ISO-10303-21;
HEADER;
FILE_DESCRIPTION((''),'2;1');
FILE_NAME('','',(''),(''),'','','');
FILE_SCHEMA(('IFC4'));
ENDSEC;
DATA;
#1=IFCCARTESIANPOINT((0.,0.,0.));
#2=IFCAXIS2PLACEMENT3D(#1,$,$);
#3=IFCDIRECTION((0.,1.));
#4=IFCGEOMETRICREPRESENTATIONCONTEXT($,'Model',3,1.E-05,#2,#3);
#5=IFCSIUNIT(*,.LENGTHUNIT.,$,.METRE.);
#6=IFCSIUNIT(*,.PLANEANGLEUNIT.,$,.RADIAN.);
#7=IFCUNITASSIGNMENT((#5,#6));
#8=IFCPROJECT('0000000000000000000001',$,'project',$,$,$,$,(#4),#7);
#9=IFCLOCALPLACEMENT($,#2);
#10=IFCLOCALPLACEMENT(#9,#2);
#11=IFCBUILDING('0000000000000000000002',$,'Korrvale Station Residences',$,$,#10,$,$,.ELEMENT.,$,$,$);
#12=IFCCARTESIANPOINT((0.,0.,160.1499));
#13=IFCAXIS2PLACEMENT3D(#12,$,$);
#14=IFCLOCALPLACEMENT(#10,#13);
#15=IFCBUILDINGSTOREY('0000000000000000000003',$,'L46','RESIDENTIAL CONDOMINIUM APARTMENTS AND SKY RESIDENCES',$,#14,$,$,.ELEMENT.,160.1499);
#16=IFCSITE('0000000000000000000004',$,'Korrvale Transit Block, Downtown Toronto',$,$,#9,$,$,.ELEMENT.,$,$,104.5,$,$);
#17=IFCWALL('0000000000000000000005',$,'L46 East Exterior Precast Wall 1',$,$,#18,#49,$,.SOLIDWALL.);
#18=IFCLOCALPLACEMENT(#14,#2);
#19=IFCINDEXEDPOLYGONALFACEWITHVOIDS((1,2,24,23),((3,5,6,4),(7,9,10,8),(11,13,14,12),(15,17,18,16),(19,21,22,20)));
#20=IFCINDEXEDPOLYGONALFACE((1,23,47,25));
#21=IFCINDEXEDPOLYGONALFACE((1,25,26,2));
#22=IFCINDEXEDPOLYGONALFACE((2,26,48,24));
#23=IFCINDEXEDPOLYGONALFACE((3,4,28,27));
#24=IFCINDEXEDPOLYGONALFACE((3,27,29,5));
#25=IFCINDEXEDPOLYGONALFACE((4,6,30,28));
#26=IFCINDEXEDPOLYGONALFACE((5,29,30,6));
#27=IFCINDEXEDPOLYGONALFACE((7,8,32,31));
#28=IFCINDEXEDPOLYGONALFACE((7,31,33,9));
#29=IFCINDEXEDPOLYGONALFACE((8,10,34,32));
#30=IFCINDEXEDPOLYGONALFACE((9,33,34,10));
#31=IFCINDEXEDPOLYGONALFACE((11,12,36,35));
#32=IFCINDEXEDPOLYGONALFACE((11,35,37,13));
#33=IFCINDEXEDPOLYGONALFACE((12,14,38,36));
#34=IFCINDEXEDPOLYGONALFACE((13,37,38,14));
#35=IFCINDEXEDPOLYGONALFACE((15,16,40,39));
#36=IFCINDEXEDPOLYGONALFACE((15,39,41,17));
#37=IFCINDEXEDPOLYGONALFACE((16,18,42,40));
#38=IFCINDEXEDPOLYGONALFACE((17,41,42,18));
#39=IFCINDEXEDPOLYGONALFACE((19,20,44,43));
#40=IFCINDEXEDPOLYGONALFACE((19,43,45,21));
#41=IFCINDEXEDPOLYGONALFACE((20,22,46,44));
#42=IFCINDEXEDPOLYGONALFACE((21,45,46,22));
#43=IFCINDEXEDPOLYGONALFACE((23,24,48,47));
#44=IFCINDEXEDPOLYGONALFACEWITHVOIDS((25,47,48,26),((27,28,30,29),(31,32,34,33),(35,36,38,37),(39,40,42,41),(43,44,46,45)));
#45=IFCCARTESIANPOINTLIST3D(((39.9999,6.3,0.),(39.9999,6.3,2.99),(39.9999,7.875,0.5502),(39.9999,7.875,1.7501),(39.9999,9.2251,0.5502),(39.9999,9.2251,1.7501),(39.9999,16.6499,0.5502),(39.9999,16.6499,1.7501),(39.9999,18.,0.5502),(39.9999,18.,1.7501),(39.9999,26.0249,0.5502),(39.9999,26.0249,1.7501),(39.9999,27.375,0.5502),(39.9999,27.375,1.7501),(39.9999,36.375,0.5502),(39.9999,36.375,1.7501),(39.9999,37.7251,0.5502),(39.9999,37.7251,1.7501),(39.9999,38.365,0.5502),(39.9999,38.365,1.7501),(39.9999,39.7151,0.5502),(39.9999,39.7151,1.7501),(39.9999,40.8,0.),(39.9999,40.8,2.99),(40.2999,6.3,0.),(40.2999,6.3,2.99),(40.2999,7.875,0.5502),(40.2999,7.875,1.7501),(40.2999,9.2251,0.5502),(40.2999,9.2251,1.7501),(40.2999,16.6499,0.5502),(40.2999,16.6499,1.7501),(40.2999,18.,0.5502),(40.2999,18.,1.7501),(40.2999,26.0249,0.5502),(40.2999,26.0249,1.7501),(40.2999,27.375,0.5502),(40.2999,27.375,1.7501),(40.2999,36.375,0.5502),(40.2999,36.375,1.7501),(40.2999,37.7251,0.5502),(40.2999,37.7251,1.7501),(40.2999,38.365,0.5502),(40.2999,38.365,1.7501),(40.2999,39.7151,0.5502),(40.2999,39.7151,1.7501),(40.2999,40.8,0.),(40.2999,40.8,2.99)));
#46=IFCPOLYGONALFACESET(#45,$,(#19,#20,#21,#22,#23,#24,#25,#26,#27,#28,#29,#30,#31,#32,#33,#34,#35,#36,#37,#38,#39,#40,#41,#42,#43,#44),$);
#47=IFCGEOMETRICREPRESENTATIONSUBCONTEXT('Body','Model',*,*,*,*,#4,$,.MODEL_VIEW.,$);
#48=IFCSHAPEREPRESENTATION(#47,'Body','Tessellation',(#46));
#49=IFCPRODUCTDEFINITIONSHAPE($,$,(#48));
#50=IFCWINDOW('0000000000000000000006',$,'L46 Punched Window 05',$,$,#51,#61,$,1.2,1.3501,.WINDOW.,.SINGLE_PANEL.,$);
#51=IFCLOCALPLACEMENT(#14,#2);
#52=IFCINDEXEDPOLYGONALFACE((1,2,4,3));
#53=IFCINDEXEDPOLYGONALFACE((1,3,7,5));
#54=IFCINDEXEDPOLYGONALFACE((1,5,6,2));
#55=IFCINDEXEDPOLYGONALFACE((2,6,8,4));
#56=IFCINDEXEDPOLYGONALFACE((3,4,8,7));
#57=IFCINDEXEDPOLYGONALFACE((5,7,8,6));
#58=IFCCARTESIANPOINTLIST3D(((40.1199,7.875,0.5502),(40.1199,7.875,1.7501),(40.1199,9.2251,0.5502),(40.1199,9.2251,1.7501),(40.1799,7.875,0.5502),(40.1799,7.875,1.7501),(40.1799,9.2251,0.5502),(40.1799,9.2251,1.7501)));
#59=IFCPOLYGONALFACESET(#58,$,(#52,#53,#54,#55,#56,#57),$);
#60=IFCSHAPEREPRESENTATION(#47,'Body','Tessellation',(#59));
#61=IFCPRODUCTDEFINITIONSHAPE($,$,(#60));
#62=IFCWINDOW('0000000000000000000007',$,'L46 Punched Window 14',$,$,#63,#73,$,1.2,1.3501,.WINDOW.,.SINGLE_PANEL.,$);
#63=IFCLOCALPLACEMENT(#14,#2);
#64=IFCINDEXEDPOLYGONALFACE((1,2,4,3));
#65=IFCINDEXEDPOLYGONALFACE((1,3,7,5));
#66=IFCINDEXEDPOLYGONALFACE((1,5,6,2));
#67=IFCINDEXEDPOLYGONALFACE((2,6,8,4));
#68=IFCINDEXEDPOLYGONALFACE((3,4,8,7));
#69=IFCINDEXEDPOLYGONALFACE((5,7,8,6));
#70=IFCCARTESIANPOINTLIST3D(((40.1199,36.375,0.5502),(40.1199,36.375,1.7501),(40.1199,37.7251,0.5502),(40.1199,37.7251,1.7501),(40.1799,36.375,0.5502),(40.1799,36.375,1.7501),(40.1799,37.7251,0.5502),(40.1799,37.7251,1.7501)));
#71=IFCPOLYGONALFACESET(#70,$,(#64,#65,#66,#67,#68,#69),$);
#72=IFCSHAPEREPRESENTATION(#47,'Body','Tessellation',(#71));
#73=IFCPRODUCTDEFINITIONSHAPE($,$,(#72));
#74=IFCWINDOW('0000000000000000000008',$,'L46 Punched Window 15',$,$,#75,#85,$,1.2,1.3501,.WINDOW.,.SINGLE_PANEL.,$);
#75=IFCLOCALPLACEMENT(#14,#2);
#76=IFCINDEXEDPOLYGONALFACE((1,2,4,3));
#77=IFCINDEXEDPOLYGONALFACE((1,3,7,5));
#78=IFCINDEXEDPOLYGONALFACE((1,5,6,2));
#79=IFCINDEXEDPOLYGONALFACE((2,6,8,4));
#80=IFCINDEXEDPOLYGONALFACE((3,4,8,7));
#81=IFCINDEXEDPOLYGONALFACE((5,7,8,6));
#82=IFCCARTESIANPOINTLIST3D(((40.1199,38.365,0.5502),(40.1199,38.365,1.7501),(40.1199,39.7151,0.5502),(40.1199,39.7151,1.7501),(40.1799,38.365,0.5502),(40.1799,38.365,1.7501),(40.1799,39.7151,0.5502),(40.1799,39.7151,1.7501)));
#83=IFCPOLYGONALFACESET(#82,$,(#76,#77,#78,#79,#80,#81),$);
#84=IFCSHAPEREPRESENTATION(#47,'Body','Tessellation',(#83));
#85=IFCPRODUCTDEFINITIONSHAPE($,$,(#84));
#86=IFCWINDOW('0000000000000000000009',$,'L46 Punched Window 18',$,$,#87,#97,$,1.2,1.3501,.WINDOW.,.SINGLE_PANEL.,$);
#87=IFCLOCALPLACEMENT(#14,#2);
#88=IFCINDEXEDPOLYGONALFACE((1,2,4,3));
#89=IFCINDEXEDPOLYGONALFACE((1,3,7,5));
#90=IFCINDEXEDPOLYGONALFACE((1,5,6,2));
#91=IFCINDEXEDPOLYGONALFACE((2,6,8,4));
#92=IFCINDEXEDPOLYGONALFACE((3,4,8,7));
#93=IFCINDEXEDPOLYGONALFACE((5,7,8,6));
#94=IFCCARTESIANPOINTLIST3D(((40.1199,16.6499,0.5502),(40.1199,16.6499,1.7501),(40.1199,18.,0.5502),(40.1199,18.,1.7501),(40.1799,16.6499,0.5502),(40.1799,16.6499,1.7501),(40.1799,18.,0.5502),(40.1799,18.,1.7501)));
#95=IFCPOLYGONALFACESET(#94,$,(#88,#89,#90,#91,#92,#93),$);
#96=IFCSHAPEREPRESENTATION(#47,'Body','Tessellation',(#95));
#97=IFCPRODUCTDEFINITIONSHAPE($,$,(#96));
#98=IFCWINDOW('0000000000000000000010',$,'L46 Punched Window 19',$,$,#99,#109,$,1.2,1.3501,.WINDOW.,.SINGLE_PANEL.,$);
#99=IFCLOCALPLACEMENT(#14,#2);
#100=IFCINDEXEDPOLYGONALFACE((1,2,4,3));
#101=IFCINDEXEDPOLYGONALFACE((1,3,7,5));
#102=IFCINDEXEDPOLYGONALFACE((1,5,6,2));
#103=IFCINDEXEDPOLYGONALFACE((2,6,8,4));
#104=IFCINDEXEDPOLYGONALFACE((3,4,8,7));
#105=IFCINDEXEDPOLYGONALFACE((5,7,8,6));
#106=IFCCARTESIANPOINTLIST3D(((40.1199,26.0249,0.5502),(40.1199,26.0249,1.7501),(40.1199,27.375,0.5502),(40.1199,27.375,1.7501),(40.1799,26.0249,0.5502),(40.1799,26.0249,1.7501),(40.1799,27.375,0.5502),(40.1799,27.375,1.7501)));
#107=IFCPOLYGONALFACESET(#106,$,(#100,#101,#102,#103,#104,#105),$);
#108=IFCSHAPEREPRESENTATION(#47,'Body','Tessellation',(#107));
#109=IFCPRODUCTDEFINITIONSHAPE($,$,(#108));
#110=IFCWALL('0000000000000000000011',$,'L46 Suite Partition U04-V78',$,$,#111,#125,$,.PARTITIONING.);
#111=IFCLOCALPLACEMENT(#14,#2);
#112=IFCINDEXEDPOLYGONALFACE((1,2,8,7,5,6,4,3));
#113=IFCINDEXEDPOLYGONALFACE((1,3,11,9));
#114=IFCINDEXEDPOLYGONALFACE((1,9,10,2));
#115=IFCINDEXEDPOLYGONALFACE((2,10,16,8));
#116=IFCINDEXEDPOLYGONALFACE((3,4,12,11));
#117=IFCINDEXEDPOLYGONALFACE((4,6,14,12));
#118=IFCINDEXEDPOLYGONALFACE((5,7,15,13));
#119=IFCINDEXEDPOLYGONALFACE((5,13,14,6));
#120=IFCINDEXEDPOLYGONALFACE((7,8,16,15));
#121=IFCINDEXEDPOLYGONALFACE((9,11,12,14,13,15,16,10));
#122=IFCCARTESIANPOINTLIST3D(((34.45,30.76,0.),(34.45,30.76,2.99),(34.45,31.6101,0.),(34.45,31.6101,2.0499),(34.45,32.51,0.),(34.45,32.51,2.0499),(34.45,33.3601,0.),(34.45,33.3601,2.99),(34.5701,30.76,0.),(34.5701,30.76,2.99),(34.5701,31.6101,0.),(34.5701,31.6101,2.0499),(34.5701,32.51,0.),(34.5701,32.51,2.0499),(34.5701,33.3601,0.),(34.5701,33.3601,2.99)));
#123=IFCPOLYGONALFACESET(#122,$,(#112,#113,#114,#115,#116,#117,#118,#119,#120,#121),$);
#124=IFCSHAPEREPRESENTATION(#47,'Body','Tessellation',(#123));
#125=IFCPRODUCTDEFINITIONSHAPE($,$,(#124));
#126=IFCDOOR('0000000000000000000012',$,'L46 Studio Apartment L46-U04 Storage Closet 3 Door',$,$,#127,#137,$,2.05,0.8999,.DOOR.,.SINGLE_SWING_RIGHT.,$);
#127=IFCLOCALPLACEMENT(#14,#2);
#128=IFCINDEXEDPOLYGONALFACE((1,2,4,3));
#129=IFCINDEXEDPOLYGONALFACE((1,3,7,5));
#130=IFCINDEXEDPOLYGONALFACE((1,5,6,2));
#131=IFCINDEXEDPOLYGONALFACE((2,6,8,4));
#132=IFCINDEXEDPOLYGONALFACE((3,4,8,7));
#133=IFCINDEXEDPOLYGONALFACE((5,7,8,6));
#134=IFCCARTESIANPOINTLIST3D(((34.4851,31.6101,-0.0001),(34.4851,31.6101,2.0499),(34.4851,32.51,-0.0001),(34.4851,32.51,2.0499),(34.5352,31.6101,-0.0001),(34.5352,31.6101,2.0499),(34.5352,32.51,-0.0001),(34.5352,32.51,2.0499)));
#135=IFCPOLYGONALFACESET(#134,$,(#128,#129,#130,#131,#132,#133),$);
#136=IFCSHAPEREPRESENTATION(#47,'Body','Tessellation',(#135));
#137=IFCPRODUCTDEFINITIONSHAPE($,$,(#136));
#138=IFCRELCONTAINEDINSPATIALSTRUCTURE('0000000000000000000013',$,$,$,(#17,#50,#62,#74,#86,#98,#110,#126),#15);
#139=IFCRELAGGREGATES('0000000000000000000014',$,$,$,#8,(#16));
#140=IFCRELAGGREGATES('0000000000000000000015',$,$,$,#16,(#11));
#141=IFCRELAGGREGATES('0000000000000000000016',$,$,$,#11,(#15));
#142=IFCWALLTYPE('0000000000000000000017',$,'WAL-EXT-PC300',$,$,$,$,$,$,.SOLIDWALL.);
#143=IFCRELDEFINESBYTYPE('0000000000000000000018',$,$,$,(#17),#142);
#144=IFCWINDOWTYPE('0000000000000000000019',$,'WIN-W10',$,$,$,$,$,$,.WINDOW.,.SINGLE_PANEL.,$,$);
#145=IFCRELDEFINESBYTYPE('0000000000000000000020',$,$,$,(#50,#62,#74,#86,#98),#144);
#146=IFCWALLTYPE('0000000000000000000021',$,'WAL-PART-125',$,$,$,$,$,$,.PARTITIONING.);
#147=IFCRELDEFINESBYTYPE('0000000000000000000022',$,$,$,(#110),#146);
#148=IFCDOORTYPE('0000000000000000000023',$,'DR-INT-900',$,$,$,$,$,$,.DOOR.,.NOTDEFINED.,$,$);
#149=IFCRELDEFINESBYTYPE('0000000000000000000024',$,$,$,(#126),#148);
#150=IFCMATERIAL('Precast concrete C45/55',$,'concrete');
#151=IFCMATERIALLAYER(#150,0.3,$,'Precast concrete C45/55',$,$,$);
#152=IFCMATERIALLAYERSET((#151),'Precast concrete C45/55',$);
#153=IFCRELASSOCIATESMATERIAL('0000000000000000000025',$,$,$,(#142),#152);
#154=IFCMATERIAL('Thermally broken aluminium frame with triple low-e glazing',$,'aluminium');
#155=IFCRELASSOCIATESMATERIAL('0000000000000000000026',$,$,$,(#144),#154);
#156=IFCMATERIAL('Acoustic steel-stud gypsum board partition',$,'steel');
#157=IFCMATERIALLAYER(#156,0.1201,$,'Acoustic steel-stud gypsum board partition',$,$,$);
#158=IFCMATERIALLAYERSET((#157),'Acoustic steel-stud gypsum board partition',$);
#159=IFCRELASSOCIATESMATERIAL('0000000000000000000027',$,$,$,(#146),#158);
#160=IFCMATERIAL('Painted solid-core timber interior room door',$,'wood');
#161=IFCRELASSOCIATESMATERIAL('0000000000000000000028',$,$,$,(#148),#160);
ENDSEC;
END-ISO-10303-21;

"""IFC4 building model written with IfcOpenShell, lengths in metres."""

from ifc_helpers import new_model, si_unit, direction, frame, frame_2d, origin, place, context, subcontext, project, spatial, rectangle, extrude, material, layer, layer_set, type_object, element, fill, save


model = new_model("IFC4")

# Units and contexts
model_context = context("Model", 3, precision=1e-05, world=origin(), true_north=direction((0.0, 1.0)))
body_context = subcontext(model_context, "Body", "Model", "MODEL_VIEW")
ifc_project = project(units=[si_unit("LENGTHUNIT", "METRE"), si_unit("PLANEANGLEUNIT", "RADIAN")], contexts=[model_context])

# Site, building, storey
site_placement = place(None, origin())
site = spatial("IfcSite", under=ifc_project, at=site_placement, Name="Korrvale Transit Block, Downtown Toronto", CompositionType="ELEMENT", RefElevation=104.5)
building_placement = place(site_placement, origin())
building = spatial("IfcBuilding", under=site, at=building_placement, Name="Korrvale Station Residences", CompositionType="ELEMENT")
storey_placement = place(building_placement, frame((0.0, 0.0, 160.1499)))
storey = spatial("IfcBuildingStorey", under=building, at=storey_placement, Name="L46", Description="RESIDENTIAL CONDOMINIUM APARTMENTS AND SKY RESIDENCES", CompositionType="ELEMENT", Elevation=160.1499)

# Shared definitions
ifc_material_1 = material(Name="Precast concrete C45/55", Category="concrete")
ifc_layer_1 = layer(ifc_material_1, 0.3, Name="Precast concrete C45/55")
ifc_layer_set_1 = layer_set([ifc_layer_1], Name="Precast concrete C45/55")
wall_type_1 = type_object("IfcWallType", Name="WAL-EXT-PC300", PredefinedType="SOLIDWALL", material=ifc_layer_set_1)

# Wall, openings, windows
wall_1_placement = place(storey_placement, frame((40.1499, 40.8, 0.0), z_axis=(0.0, 0.0, 1.0), x_axis=(0.0, -1.0, 0.0)))
wall_1 = element("IfcWall", 1, at=wall_1_placement, inside=storey, type_object=wall_type_1, Name="L46 East Exterior Precast Wall 1", PredefinedType="SOLIDWALL", context=body_context, shape_type="SweptSolid", body=[
    extrude(rectangle(XDim=34.5, YDim=0.3, at=frame_2d((17.25, 0.0))), origin(), (0.0, 0.0, 1.0), 2.99),
])
opening_1_placement = place(wall_1_placement, frame((31.575, 0.0, 0.55)))
opening_1 = element("IfcOpeningElement", 2, at=opening_1_placement, cuts=wall_1, PredefinedType="OPENING", context=body_context, shape_type="SweptSolid", body=[
    extrude(rectangle(XDim=1.3501, YDim=1.2, at=frame_2d((0.675, 0.6001))), frame((0.0, 0.1602, 0.0), z_axis=(0.0, -1.0, 0.0), x_axis=(1.0, 0.0, 0.0)), (0.0, 0.0, 1.0), 0.3201),
])
opening_2_placement = place(wall_1_placement, frame((3.075, 0.0, 0.55)))
opening_2 = element("IfcOpeningElement", 3, at=opening_2_placement, cuts=wall_1, PredefinedType="OPENING", context=body_context, shape_type="SweptSolid", body=[
    extrude(rectangle(XDim=1.3501, YDim=1.2, at=frame_2d((0.675, 0.6001))), frame((0.0, 0.1602, 0.0), z_axis=(0.0, -1.0, 0.0), x_axis=(1.0, 0.0, 0.0)), (0.0, 0.0, 1.0), 0.3201),
])
opening_3_placement = place(wall_1_placement, frame((1.085, 0.0, 0.55)))
opening_3 = element("IfcOpeningElement", 4, at=opening_3_placement, cuts=wall_1, PredefinedType="OPENING", context=body_context, shape_type="SweptSolid", body=[
    extrude(rectangle(XDim=1.3501, YDim=1.2, at=frame_2d((0.675, 0.6001))), frame((0.0, 0.1602, 0.0), z_axis=(0.0, -1.0, 0.0), x_axis=(1.0, 0.0, 0.0)), (0.0, 0.0, 1.0), 0.3201),
])
opening_4_placement = place(wall_1_placement, frame((22.8, 0.0, 0.55)))
opening_4 = element("IfcOpeningElement", 5, at=opening_4_placement, cuts=wall_1, PredefinedType="OPENING", context=body_context, shape_type="SweptSolid", body=[
    extrude(rectangle(XDim=1.3501, YDim=1.2, at=frame_2d((0.675, 0.6001))), frame((0.0, 0.1602, 0.0), z_axis=(0.0, -1.0, 0.0), x_axis=(1.0, 0.0, 0.0)), (0.0, 0.0, 1.0), 0.3201),
])
opening_5_placement = place(wall_1_placement, frame((13.425, 0.0, 0.55)))
opening_5 = element("IfcOpeningElement", 6, at=opening_5_placement, cuts=wall_1, PredefinedType="OPENING", context=body_context, shape_type="SweptSolid", body=[
    extrude(rectangle(XDim=1.3501, YDim=1.2, at=frame_2d((0.675, 0.6001))), frame((0.0, 0.1602, 0.0), z_axis=(0.0, -1.0, 0.0), x_axis=(1.0, 0.0, 0.0)), (0.0, 0.0, 1.0), 0.3201),
])
ifc_material_2 = material(Name="Thermally broken aluminium frame with triple low-e glazing", Category="aluminium")
window_type = type_object("IfcWindowType", Name="WIN-W10", PartitioningType="SINGLE_PANEL", PredefinedType="WINDOW", material=ifc_material_2)
window_1_placement = place(opening_1_placement, origin())
window_1 = element("IfcWindow", 7, at=window_1_placement, inside=storey, type_object=window_type, Name="L46 Punched Window 05", OverallHeight=1.2, OverallWidth=1.3501, PartitioningType="SINGLE_PANEL", PredefinedType="WINDOW", context=body_context, shape_type="SweptSolid", body=[
    extrude(rectangle(XDim=1.3501, YDim=1.2, at=frame_2d((0.675, 0.6001))), frame((0.0, 0.03, 0.0), z_axis=(0.0, -1.0, 0.0), x_axis=(1.0, 0.0, 0.0)), (0.0, 0.0, 1.0), 0.0601),
])
fill(opening_1, window_1)
window_2_placement = place(opening_2_placement, origin())
window_2 = element("IfcWindow", 8, at=window_2_placement, inside=storey, type_object=window_type, Name="L46 Punched Window 14", OverallHeight=1.2, OverallWidth=1.3501, PartitioningType="SINGLE_PANEL", PredefinedType="WINDOW", context=body_context, shape_type="SweptSolid", body=[
    extrude(rectangle(XDim=1.3501, YDim=1.2, at=frame_2d((0.675, 0.6001))), frame((0.0, 0.03, 0.0), z_axis=(0.0, -1.0, 0.0), x_axis=(1.0, 0.0, 0.0)), (0.0, 0.0, 1.0), 0.0601),
])
fill(opening_2, window_2)
window_3_placement = place(opening_3_placement, origin())
window_3 = element("IfcWindow", 9, at=window_3_placement, inside=storey, type_object=window_type, Name="L46 Punched Window 15", OverallHeight=1.2, OverallWidth=1.3501, PartitioningType="SINGLE_PANEL", PredefinedType="WINDOW", context=body_context, shape_type="SweptSolid", body=[
    extrude(rectangle(XDim=1.3501, YDim=1.2, at=frame_2d((0.675, 0.6001))), frame((0.0, 0.03, 0.0), z_axis=(0.0, -1.0, 0.0), x_axis=(1.0, 0.0, 0.0)), (0.0, 0.0, 1.0), 0.0601),
])
fill(opening_3, window_3)
window_4_placement = place(opening_4_placement, origin())
window_4 = element("IfcWindow", 10, at=window_4_placement, inside=storey, type_object=window_type, Name="L46 Punched Window 18", OverallHeight=1.2, OverallWidth=1.3501, PartitioningType="SINGLE_PANEL", PredefinedType="WINDOW", context=body_context, shape_type="SweptSolid", body=[
    extrude(rectangle(XDim=1.3501, YDim=1.2, at=frame_2d((0.675, 0.6001))), frame((0.0, 0.03, 0.0), z_axis=(0.0, -1.0, 0.0), x_axis=(1.0, 0.0, 0.0)), (0.0, 0.0, 1.0), 0.0601),
])
fill(opening_4, window_4)
window_5_placement = place(opening_5_placement, origin())
window_5 = element("IfcWindow", 11, at=window_5_placement, inside=storey, type_object=window_type, Name="L46 Punched Window 19", OverallHeight=1.2, OverallWidth=1.3501, PartitioningType="SINGLE_PANEL", PredefinedType="WINDOW", context=body_context, shape_type="SweptSolid", body=[
    extrude(rectangle(XDim=1.3501, YDim=1.2, at=frame_2d((0.675, 0.6001))), frame((0.0, 0.03, 0.0), z_axis=(0.0, -1.0, 0.0), x_axis=(1.0, 0.0, 0.0)), (0.0, 0.0, 1.0), 0.0601),
])
fill(opening_5, window_5)

# Wall, opening, door
ifc_material_3 = material(Name="Acoustic steel-stud gypsum board partition", Category="steel")
ifc_layer_2 = layer(ifc_material_3, 0.1201, Name="Acoustic steel-stud gypsum board partition")
ifc_layer_set_2 = layer_set([ifc_layer_2], Name="Acoustic steel-stud gypsum board partition")
wall_type_2 = type_object("IfcWallType", Name="WAL-PART-125", PredefinedType="PARTITIONING", material=ifc_layer_set_2)
wall_2_placement = place(storey_placement, frame((34.51, 30.76, 0.0), z_axis=(0.0, 0.0, 1.0), x_axis=(0.0, 1.0, 0.0)))
wall_2 = element("IfcWall", 12, at=wall_2_placement, inside=storey, type_object=wall_type_2, Name="L46 Suite Partition U04-V78", PredefinedType="PARTITIONING", context=body_context, shape_type="SweptSolid", body=[
    extrude(rectangle(XDim=2.6001, YDim=0.1201, at=frame_2d((1.3, 0.0))), origin(), (0.0, 0.0, 1.0), 2.99),
])
opening_6_placement = place(wall_2_placement, frame((0.8501, 0.0, 0.0)))
opening_6 = element("IfcOpeningElement", 13, at=opening_6_placement, cuts=wall_2, PredefinedType="OPENING", context=body_context, shape_type="SweptSolid", body=[
    extrude(rectangle(XDim=0.8999, YDim=2.05, at=frame_2d((0.45, 1.0249))), frame((0.0, 0.0701, 0.0), z_axis=(0.0, -1.0, 0.0), x_axis=(1.0, 0.0, 0.0)), (0.0, 0.0, 1.0), 0.1401),
])
ifc_material_4 = material(Name="Painted solid-core timber interior room door", Category="wood")
door_type = type_object("IfcDoorType", Name="DR-INT-900", OperationType="NOTDEFINED", PredefinedType="DOOR", material=ifc_material_4)
door_1_placement = place(opening_6_placement, origin())
door_1 = element("IfcDoor", 14, at=door_1_placement, inside=storey, type_object=door_type, Name="L46 Studio Apartment L46-U04 Storage Closet 3 Door", OperationType="SINGLE_SWING_RIGHT", OverallHeight=2.05, OverallWidth=0.8999, PredefinedType="DOOR", context=body_context, shape_type="SweptSolid", body=[
    extrude(rectangle(XDim=0.8999, YDim=2.05, at=frame_2d((0.45, 1.0249))), frame((0.0, 0.0249, 0.0), z_axis=(0.0, -1.0, 0.0), x_axis=(1.0, 0.0, 0.0)), (0.0, 0.0, 1.0), 0.05),
])
fill(opening_6, door_1)

save(model, "model.ifc")
